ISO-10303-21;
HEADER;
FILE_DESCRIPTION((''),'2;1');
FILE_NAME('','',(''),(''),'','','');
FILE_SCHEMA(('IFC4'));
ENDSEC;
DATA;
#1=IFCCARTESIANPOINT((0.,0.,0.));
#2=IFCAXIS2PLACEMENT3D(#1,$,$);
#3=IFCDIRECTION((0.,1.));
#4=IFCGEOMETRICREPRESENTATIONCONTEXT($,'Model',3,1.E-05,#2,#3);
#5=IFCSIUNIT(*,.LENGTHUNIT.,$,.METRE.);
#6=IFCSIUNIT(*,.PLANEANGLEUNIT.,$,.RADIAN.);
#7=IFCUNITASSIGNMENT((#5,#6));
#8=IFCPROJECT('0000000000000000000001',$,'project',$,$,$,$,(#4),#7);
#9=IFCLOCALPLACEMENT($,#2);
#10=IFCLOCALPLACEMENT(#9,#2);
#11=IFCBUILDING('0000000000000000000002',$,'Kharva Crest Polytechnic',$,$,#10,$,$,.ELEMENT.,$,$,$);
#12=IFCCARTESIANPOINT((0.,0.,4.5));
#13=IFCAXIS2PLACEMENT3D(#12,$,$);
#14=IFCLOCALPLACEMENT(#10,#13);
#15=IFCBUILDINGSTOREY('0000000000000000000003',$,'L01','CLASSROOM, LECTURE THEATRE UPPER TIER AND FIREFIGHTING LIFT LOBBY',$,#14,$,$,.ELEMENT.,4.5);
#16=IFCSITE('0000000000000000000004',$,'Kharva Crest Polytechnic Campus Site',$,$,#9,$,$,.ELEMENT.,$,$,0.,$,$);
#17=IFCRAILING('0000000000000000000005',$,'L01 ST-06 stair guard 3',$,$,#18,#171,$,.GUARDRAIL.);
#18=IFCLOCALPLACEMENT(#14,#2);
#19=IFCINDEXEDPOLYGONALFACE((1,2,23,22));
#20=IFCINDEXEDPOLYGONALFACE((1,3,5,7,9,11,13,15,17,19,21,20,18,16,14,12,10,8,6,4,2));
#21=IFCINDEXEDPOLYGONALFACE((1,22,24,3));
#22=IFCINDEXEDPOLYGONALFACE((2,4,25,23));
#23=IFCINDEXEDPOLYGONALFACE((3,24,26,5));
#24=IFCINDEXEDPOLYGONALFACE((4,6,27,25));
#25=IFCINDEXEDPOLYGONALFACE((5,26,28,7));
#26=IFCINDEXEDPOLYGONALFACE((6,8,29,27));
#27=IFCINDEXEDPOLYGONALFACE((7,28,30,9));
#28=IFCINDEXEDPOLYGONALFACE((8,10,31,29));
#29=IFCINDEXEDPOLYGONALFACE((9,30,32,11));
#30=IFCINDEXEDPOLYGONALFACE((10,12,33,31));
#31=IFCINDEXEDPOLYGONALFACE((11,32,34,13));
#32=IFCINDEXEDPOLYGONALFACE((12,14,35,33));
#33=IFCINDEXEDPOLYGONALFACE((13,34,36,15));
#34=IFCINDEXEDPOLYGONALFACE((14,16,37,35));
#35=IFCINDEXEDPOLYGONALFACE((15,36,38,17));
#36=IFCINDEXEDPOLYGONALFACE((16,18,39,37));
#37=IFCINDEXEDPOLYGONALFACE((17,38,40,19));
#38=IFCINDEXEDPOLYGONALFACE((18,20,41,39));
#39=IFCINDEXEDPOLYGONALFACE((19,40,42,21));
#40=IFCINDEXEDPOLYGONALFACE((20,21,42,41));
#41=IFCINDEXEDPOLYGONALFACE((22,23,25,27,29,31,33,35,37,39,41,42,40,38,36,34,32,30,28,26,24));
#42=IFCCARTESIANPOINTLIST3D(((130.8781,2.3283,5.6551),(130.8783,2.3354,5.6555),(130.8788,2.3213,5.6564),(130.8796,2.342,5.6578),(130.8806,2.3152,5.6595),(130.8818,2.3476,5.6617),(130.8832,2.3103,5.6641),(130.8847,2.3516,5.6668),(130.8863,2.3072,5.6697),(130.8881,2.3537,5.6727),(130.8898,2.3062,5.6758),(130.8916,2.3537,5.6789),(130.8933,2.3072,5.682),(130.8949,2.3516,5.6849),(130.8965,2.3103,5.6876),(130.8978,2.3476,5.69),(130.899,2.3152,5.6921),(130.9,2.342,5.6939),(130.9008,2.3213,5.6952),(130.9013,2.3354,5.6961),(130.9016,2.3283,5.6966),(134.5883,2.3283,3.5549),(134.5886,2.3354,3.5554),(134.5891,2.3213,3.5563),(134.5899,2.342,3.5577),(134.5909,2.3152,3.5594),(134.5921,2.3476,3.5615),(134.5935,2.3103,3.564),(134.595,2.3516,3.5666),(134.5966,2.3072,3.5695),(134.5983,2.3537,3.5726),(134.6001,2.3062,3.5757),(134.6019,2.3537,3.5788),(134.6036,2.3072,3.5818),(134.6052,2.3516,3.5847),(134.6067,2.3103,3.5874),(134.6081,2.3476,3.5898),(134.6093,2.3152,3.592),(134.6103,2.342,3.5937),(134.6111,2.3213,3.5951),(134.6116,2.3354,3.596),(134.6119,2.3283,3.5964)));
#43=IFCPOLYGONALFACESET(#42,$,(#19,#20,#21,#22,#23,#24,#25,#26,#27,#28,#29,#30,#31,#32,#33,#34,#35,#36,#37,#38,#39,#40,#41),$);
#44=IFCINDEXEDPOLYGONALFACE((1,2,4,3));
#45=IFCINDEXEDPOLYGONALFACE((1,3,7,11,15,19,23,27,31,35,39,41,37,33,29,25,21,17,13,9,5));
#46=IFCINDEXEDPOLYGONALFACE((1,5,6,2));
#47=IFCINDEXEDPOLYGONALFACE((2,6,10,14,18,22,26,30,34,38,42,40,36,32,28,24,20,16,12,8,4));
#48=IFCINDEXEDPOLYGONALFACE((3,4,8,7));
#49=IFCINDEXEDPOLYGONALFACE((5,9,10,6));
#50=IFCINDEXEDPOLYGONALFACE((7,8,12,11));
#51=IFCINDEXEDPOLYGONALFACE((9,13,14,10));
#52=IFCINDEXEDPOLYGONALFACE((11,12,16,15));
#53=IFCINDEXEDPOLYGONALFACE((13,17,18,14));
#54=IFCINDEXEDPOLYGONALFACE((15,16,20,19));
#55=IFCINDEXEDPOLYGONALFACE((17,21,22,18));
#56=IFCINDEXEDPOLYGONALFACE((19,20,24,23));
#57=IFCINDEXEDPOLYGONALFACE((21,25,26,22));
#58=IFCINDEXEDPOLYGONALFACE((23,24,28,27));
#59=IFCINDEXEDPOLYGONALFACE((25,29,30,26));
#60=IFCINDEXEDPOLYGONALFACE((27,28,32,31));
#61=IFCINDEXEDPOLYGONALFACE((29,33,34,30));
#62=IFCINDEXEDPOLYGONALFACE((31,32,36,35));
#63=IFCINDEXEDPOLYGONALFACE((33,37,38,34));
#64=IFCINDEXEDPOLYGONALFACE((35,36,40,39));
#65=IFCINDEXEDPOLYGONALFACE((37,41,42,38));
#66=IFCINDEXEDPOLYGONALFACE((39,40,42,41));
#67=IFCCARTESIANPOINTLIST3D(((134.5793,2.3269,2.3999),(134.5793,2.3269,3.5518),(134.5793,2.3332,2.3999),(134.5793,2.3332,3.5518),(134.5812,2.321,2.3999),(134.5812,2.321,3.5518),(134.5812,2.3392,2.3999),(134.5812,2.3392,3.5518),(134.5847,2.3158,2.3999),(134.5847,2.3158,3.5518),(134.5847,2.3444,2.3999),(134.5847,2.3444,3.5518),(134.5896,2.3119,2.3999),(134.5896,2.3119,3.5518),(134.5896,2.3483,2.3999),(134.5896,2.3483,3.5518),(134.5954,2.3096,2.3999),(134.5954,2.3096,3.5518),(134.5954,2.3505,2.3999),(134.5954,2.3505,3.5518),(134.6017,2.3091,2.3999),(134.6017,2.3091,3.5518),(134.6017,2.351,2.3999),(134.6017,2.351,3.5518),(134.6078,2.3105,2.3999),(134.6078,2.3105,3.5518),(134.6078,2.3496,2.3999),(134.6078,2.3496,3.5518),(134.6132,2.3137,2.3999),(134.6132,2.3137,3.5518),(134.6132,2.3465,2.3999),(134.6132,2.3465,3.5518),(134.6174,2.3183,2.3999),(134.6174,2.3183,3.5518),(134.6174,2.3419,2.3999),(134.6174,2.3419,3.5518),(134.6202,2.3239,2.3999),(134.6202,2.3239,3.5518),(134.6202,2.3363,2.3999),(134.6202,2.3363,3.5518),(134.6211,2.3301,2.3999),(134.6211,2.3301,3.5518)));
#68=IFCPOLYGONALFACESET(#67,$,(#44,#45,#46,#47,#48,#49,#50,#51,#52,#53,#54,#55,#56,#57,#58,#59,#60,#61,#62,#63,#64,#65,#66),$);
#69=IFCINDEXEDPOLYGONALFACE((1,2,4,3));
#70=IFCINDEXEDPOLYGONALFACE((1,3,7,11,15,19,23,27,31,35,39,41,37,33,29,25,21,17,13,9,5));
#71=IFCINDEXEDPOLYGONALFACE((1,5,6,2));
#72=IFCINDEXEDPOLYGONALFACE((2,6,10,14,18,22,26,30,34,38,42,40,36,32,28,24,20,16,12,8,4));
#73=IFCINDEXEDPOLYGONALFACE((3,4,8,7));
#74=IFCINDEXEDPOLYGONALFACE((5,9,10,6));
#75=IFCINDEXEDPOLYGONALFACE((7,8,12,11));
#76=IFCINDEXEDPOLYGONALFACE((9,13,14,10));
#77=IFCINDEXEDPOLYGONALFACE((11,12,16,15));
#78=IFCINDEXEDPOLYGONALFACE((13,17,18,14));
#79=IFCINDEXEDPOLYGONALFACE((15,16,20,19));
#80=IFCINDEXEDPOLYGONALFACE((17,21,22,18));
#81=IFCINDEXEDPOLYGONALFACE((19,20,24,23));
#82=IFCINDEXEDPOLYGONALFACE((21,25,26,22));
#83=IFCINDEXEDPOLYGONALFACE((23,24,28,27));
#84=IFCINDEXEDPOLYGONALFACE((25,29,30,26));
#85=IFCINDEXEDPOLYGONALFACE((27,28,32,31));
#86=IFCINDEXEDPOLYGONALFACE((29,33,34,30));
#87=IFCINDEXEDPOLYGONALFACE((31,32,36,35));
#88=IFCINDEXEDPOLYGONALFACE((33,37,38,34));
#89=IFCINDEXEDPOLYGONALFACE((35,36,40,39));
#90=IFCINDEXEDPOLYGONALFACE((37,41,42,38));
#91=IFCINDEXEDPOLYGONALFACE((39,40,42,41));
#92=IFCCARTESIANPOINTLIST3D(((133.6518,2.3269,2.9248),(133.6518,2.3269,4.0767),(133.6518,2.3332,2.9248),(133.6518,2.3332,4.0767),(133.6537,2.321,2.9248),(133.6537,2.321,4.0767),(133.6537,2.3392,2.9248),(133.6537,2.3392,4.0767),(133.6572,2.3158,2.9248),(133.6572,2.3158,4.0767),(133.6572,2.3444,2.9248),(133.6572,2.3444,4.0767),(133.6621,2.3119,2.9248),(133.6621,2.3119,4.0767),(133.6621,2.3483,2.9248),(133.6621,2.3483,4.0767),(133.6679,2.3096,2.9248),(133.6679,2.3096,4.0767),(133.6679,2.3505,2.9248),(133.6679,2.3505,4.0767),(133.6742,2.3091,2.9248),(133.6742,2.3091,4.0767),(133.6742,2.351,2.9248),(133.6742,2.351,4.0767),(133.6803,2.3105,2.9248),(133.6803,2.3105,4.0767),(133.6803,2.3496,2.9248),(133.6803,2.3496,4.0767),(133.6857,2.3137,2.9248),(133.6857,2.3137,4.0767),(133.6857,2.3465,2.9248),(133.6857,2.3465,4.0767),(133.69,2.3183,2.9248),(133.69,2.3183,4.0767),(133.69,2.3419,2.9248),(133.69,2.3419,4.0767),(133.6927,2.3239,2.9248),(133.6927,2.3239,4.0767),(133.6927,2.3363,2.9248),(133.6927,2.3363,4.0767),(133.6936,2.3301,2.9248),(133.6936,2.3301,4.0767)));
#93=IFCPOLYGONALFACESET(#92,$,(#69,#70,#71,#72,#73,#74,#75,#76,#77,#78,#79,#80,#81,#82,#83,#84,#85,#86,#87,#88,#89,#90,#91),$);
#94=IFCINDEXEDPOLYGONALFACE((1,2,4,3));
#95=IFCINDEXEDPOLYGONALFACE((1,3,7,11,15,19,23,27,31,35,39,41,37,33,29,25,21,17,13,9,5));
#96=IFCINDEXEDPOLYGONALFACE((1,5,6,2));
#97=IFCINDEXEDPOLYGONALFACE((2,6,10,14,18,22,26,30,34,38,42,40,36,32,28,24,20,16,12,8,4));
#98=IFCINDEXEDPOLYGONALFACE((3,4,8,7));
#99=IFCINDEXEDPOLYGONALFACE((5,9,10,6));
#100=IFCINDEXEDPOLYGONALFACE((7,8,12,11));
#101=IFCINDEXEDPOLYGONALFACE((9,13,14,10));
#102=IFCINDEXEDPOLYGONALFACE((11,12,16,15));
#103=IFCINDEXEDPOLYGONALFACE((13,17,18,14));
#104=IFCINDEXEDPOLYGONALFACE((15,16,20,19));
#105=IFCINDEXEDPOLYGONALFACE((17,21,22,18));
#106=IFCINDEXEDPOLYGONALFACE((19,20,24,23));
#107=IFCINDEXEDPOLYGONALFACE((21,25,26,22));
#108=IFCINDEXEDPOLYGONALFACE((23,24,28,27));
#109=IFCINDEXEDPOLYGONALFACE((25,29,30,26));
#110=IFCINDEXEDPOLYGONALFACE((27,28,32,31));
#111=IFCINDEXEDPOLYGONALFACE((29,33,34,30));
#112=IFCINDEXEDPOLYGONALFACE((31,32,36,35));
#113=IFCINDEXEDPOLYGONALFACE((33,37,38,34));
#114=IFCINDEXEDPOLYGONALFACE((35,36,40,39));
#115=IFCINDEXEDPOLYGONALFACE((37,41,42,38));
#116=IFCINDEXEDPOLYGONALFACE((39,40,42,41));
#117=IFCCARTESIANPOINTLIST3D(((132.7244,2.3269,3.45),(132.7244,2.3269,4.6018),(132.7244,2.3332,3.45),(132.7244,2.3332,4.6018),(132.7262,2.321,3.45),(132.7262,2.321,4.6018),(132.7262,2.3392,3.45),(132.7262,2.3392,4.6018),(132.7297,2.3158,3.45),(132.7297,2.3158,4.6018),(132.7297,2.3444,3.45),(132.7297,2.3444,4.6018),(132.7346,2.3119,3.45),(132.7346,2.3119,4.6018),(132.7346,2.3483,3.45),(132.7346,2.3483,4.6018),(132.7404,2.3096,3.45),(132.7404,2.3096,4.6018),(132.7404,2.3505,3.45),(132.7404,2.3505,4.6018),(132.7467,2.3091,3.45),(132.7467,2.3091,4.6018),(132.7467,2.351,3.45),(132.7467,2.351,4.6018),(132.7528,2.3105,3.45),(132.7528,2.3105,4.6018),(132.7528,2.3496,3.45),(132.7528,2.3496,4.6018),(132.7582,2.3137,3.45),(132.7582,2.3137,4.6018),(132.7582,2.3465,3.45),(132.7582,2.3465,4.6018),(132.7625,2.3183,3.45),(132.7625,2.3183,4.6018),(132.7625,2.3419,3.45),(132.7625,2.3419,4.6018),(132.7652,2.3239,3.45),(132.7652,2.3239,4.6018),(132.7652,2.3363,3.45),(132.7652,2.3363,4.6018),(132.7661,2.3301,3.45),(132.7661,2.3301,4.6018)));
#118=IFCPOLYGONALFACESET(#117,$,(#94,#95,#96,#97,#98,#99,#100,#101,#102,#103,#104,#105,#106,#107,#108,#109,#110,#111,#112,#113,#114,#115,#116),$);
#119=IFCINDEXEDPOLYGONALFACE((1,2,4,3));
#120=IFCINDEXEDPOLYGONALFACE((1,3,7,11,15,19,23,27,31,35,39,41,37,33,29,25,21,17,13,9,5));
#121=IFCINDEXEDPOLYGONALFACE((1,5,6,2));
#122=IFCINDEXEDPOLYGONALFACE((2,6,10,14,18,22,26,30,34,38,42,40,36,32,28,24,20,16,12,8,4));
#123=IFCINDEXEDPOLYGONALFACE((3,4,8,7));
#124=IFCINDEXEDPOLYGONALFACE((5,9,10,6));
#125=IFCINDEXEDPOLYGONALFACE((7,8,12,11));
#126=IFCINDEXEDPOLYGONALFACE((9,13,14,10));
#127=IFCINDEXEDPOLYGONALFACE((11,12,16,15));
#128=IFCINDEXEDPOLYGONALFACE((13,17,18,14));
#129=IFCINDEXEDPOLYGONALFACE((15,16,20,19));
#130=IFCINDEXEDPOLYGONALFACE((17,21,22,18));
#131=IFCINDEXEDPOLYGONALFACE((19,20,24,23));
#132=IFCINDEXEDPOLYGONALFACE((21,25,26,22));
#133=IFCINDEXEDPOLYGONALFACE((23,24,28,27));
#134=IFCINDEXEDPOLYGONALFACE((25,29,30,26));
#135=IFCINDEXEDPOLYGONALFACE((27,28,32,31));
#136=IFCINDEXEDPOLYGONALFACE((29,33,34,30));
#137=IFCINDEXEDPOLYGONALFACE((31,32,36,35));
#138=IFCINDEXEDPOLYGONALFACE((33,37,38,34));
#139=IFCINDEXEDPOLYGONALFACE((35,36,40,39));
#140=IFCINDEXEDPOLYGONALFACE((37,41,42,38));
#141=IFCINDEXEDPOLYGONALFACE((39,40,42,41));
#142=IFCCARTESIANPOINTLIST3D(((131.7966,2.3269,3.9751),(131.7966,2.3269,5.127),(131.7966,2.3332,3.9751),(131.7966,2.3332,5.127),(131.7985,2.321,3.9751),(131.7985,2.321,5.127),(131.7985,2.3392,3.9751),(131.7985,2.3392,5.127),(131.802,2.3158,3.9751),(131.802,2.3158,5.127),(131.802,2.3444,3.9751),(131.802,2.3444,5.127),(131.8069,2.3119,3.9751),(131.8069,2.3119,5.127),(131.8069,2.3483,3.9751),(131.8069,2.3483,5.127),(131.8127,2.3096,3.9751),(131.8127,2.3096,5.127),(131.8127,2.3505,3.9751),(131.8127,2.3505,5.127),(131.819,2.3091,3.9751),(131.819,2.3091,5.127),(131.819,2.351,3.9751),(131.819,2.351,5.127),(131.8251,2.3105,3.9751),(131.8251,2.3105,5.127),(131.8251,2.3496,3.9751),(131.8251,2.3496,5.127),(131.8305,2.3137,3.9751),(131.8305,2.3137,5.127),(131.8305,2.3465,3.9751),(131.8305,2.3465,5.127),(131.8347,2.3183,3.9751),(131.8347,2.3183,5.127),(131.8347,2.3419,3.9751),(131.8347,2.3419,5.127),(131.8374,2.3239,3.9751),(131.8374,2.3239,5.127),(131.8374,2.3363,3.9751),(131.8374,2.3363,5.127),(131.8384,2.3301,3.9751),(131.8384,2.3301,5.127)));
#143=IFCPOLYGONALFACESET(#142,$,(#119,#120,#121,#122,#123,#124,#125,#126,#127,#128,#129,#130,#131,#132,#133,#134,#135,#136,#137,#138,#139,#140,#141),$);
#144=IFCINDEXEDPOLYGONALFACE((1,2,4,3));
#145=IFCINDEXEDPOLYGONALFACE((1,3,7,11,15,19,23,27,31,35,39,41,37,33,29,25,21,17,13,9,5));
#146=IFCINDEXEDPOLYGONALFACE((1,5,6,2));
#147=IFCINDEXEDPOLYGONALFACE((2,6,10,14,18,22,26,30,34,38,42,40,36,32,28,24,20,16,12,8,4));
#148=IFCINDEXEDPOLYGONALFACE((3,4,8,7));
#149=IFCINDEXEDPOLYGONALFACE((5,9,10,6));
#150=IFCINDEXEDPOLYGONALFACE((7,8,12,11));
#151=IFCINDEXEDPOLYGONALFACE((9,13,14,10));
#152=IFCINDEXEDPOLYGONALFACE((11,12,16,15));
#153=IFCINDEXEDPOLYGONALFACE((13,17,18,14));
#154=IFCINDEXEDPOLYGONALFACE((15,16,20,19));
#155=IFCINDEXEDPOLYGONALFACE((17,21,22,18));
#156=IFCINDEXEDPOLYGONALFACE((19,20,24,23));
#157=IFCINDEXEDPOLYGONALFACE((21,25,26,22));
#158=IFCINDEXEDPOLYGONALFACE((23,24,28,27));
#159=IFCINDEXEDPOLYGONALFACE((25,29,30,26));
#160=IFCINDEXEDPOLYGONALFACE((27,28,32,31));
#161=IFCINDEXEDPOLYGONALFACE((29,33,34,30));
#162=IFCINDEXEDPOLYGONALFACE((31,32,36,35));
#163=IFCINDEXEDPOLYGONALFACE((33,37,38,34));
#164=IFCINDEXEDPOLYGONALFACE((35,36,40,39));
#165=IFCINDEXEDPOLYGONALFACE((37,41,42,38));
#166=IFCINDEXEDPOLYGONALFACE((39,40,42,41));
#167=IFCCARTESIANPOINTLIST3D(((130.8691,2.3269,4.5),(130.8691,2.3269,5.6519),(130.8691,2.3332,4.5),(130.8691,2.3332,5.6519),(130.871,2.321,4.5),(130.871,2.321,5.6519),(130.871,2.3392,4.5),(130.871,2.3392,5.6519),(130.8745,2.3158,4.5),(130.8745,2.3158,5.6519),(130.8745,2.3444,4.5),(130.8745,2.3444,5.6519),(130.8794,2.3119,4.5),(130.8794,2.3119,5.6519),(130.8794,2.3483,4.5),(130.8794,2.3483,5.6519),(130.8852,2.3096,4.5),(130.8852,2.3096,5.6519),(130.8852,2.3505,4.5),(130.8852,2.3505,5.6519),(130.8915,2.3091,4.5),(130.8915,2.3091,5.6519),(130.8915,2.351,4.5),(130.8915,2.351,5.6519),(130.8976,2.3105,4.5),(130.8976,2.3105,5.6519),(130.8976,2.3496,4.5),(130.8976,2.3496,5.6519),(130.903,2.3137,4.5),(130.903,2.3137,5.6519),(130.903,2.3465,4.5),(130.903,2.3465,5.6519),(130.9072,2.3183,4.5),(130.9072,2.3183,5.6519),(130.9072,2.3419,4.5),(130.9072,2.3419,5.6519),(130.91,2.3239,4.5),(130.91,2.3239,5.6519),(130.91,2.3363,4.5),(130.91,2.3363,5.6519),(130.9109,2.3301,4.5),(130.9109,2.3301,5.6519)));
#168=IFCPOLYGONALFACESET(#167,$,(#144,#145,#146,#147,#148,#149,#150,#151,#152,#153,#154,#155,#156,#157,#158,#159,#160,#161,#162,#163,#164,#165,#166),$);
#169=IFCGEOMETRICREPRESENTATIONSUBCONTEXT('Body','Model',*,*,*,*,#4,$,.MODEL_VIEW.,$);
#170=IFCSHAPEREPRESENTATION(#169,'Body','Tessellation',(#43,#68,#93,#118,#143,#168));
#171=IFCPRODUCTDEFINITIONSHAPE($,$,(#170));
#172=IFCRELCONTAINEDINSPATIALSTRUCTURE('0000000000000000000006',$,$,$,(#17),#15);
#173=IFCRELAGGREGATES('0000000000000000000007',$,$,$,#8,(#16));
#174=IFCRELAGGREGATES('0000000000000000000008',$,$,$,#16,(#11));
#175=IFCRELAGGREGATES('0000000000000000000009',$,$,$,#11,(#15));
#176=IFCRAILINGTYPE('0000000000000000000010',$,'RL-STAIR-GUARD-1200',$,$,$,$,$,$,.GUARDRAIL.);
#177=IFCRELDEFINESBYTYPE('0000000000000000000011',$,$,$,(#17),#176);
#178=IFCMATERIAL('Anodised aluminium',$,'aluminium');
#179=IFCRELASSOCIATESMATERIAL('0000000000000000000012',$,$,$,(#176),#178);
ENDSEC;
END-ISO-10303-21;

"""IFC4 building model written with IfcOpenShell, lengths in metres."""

from ifc_helpers import new_model, si_unit, direction, frame, origin, origin_2d, place, context, subcontext, project, spatial, circle, extrude, material, type_object, element, save


model = new_model("IFC4")

# Units and contexts
model_context = context("Model", 3, precision=1e-05, world=origin(), true_north=direction((0.0, 1.0)))
body_context = subcontext(model_context, "Body", "Model", "MODEL_VIEW")
ifc_project = project(units=[si_unit("LENGTHUNIT", "METRE"), si_unit("PLANEANGLEUNIT", "RADIAN")], contexts=[model_context])

# Site, building, storey
site_placement = place(None, origin())
site = spatial("IfcSite", under=ifc_project, at=site_placement, Name="Kharva Crest Polytechnic Campus Site", CompositionType="ELEMENT", RefElevation=0.0)
building_placement = place(site_placement, origin())
building = spatial("IfcBuilding", under=site, at=building_placement, Name="Kharva Crest Polytechnic", CompositionType="ELEMENT")
storey_placement = place(building_placement, frame((0.0, 0.0, 4.5)))
storey = spatial("IfcBuildingStorey", under=building, at=storey_placement, Name="L01", Description="CLASSROOM, LECTURE THEATRE UPPER TIER AND FIREFIGHTING LIFT LOBBY", CompositionType="ELEMENT", Elevation=4.5)

# Railing
ifc_material_1 = material(Name="Anodised aluminium", Category="aluminium")
railing_type_1 = type_object("IfcRailingType", Name="RL-STAIR-GUARD-1200", PredefinedType="GUARDRAIL", material=ifc_material_1)
railing_1_placement = place(storey_placement, frame((134.6001, 2.3301, 2.3999)))
element("IfcRailing", 1, at=railing_1_placement, inside=storey, type_object=railing_type_1, Name="L01 ST-06 stair guard 3", PredefinedType="GUARDRAIL", context=body_context, shape_type="SweptSolid", body=[
    extrude(circle(Radius=0.0239, at=origin_2d()), frame((0.0, 0.0, 1.1758), z_axis=(-0.870259, 0.0, 0.492595), x_axis=(0.0, -1.0, 0.0)), (0.0, 0.0, 1.0), 4.2634),
    extrude(circle(Radius=0.021, at=origin_2d()), origin(), (0.0, 0.0, 1.0), 1.1519),
    extrude(circle(Radius=0.021, at=origin_2d()), frame((-0.9275, 0.0, 0.5249)), (0.0, 0.0, 1.0), 1.1519),
    extrude(circle(Radius=0.021, at=origin_2d()), frame((-1.855, 0.0, 1.05)), (0.0, 0.0, 1.0), 1.1519),
    extrude(circle(Radius=0.021, at=origin_2d()), frame((-2.7827, 0.0, 1.5752)), (0.0, 0.0, 1.0), 1.1519),
    extrude(circle(Radius=0.021, at=origin_2d()), frame((-3.7102, 0.0, 2.1001)), (0.0, 0.0, 1.0), 1.1519),
])

save(model, "model.ifc")
